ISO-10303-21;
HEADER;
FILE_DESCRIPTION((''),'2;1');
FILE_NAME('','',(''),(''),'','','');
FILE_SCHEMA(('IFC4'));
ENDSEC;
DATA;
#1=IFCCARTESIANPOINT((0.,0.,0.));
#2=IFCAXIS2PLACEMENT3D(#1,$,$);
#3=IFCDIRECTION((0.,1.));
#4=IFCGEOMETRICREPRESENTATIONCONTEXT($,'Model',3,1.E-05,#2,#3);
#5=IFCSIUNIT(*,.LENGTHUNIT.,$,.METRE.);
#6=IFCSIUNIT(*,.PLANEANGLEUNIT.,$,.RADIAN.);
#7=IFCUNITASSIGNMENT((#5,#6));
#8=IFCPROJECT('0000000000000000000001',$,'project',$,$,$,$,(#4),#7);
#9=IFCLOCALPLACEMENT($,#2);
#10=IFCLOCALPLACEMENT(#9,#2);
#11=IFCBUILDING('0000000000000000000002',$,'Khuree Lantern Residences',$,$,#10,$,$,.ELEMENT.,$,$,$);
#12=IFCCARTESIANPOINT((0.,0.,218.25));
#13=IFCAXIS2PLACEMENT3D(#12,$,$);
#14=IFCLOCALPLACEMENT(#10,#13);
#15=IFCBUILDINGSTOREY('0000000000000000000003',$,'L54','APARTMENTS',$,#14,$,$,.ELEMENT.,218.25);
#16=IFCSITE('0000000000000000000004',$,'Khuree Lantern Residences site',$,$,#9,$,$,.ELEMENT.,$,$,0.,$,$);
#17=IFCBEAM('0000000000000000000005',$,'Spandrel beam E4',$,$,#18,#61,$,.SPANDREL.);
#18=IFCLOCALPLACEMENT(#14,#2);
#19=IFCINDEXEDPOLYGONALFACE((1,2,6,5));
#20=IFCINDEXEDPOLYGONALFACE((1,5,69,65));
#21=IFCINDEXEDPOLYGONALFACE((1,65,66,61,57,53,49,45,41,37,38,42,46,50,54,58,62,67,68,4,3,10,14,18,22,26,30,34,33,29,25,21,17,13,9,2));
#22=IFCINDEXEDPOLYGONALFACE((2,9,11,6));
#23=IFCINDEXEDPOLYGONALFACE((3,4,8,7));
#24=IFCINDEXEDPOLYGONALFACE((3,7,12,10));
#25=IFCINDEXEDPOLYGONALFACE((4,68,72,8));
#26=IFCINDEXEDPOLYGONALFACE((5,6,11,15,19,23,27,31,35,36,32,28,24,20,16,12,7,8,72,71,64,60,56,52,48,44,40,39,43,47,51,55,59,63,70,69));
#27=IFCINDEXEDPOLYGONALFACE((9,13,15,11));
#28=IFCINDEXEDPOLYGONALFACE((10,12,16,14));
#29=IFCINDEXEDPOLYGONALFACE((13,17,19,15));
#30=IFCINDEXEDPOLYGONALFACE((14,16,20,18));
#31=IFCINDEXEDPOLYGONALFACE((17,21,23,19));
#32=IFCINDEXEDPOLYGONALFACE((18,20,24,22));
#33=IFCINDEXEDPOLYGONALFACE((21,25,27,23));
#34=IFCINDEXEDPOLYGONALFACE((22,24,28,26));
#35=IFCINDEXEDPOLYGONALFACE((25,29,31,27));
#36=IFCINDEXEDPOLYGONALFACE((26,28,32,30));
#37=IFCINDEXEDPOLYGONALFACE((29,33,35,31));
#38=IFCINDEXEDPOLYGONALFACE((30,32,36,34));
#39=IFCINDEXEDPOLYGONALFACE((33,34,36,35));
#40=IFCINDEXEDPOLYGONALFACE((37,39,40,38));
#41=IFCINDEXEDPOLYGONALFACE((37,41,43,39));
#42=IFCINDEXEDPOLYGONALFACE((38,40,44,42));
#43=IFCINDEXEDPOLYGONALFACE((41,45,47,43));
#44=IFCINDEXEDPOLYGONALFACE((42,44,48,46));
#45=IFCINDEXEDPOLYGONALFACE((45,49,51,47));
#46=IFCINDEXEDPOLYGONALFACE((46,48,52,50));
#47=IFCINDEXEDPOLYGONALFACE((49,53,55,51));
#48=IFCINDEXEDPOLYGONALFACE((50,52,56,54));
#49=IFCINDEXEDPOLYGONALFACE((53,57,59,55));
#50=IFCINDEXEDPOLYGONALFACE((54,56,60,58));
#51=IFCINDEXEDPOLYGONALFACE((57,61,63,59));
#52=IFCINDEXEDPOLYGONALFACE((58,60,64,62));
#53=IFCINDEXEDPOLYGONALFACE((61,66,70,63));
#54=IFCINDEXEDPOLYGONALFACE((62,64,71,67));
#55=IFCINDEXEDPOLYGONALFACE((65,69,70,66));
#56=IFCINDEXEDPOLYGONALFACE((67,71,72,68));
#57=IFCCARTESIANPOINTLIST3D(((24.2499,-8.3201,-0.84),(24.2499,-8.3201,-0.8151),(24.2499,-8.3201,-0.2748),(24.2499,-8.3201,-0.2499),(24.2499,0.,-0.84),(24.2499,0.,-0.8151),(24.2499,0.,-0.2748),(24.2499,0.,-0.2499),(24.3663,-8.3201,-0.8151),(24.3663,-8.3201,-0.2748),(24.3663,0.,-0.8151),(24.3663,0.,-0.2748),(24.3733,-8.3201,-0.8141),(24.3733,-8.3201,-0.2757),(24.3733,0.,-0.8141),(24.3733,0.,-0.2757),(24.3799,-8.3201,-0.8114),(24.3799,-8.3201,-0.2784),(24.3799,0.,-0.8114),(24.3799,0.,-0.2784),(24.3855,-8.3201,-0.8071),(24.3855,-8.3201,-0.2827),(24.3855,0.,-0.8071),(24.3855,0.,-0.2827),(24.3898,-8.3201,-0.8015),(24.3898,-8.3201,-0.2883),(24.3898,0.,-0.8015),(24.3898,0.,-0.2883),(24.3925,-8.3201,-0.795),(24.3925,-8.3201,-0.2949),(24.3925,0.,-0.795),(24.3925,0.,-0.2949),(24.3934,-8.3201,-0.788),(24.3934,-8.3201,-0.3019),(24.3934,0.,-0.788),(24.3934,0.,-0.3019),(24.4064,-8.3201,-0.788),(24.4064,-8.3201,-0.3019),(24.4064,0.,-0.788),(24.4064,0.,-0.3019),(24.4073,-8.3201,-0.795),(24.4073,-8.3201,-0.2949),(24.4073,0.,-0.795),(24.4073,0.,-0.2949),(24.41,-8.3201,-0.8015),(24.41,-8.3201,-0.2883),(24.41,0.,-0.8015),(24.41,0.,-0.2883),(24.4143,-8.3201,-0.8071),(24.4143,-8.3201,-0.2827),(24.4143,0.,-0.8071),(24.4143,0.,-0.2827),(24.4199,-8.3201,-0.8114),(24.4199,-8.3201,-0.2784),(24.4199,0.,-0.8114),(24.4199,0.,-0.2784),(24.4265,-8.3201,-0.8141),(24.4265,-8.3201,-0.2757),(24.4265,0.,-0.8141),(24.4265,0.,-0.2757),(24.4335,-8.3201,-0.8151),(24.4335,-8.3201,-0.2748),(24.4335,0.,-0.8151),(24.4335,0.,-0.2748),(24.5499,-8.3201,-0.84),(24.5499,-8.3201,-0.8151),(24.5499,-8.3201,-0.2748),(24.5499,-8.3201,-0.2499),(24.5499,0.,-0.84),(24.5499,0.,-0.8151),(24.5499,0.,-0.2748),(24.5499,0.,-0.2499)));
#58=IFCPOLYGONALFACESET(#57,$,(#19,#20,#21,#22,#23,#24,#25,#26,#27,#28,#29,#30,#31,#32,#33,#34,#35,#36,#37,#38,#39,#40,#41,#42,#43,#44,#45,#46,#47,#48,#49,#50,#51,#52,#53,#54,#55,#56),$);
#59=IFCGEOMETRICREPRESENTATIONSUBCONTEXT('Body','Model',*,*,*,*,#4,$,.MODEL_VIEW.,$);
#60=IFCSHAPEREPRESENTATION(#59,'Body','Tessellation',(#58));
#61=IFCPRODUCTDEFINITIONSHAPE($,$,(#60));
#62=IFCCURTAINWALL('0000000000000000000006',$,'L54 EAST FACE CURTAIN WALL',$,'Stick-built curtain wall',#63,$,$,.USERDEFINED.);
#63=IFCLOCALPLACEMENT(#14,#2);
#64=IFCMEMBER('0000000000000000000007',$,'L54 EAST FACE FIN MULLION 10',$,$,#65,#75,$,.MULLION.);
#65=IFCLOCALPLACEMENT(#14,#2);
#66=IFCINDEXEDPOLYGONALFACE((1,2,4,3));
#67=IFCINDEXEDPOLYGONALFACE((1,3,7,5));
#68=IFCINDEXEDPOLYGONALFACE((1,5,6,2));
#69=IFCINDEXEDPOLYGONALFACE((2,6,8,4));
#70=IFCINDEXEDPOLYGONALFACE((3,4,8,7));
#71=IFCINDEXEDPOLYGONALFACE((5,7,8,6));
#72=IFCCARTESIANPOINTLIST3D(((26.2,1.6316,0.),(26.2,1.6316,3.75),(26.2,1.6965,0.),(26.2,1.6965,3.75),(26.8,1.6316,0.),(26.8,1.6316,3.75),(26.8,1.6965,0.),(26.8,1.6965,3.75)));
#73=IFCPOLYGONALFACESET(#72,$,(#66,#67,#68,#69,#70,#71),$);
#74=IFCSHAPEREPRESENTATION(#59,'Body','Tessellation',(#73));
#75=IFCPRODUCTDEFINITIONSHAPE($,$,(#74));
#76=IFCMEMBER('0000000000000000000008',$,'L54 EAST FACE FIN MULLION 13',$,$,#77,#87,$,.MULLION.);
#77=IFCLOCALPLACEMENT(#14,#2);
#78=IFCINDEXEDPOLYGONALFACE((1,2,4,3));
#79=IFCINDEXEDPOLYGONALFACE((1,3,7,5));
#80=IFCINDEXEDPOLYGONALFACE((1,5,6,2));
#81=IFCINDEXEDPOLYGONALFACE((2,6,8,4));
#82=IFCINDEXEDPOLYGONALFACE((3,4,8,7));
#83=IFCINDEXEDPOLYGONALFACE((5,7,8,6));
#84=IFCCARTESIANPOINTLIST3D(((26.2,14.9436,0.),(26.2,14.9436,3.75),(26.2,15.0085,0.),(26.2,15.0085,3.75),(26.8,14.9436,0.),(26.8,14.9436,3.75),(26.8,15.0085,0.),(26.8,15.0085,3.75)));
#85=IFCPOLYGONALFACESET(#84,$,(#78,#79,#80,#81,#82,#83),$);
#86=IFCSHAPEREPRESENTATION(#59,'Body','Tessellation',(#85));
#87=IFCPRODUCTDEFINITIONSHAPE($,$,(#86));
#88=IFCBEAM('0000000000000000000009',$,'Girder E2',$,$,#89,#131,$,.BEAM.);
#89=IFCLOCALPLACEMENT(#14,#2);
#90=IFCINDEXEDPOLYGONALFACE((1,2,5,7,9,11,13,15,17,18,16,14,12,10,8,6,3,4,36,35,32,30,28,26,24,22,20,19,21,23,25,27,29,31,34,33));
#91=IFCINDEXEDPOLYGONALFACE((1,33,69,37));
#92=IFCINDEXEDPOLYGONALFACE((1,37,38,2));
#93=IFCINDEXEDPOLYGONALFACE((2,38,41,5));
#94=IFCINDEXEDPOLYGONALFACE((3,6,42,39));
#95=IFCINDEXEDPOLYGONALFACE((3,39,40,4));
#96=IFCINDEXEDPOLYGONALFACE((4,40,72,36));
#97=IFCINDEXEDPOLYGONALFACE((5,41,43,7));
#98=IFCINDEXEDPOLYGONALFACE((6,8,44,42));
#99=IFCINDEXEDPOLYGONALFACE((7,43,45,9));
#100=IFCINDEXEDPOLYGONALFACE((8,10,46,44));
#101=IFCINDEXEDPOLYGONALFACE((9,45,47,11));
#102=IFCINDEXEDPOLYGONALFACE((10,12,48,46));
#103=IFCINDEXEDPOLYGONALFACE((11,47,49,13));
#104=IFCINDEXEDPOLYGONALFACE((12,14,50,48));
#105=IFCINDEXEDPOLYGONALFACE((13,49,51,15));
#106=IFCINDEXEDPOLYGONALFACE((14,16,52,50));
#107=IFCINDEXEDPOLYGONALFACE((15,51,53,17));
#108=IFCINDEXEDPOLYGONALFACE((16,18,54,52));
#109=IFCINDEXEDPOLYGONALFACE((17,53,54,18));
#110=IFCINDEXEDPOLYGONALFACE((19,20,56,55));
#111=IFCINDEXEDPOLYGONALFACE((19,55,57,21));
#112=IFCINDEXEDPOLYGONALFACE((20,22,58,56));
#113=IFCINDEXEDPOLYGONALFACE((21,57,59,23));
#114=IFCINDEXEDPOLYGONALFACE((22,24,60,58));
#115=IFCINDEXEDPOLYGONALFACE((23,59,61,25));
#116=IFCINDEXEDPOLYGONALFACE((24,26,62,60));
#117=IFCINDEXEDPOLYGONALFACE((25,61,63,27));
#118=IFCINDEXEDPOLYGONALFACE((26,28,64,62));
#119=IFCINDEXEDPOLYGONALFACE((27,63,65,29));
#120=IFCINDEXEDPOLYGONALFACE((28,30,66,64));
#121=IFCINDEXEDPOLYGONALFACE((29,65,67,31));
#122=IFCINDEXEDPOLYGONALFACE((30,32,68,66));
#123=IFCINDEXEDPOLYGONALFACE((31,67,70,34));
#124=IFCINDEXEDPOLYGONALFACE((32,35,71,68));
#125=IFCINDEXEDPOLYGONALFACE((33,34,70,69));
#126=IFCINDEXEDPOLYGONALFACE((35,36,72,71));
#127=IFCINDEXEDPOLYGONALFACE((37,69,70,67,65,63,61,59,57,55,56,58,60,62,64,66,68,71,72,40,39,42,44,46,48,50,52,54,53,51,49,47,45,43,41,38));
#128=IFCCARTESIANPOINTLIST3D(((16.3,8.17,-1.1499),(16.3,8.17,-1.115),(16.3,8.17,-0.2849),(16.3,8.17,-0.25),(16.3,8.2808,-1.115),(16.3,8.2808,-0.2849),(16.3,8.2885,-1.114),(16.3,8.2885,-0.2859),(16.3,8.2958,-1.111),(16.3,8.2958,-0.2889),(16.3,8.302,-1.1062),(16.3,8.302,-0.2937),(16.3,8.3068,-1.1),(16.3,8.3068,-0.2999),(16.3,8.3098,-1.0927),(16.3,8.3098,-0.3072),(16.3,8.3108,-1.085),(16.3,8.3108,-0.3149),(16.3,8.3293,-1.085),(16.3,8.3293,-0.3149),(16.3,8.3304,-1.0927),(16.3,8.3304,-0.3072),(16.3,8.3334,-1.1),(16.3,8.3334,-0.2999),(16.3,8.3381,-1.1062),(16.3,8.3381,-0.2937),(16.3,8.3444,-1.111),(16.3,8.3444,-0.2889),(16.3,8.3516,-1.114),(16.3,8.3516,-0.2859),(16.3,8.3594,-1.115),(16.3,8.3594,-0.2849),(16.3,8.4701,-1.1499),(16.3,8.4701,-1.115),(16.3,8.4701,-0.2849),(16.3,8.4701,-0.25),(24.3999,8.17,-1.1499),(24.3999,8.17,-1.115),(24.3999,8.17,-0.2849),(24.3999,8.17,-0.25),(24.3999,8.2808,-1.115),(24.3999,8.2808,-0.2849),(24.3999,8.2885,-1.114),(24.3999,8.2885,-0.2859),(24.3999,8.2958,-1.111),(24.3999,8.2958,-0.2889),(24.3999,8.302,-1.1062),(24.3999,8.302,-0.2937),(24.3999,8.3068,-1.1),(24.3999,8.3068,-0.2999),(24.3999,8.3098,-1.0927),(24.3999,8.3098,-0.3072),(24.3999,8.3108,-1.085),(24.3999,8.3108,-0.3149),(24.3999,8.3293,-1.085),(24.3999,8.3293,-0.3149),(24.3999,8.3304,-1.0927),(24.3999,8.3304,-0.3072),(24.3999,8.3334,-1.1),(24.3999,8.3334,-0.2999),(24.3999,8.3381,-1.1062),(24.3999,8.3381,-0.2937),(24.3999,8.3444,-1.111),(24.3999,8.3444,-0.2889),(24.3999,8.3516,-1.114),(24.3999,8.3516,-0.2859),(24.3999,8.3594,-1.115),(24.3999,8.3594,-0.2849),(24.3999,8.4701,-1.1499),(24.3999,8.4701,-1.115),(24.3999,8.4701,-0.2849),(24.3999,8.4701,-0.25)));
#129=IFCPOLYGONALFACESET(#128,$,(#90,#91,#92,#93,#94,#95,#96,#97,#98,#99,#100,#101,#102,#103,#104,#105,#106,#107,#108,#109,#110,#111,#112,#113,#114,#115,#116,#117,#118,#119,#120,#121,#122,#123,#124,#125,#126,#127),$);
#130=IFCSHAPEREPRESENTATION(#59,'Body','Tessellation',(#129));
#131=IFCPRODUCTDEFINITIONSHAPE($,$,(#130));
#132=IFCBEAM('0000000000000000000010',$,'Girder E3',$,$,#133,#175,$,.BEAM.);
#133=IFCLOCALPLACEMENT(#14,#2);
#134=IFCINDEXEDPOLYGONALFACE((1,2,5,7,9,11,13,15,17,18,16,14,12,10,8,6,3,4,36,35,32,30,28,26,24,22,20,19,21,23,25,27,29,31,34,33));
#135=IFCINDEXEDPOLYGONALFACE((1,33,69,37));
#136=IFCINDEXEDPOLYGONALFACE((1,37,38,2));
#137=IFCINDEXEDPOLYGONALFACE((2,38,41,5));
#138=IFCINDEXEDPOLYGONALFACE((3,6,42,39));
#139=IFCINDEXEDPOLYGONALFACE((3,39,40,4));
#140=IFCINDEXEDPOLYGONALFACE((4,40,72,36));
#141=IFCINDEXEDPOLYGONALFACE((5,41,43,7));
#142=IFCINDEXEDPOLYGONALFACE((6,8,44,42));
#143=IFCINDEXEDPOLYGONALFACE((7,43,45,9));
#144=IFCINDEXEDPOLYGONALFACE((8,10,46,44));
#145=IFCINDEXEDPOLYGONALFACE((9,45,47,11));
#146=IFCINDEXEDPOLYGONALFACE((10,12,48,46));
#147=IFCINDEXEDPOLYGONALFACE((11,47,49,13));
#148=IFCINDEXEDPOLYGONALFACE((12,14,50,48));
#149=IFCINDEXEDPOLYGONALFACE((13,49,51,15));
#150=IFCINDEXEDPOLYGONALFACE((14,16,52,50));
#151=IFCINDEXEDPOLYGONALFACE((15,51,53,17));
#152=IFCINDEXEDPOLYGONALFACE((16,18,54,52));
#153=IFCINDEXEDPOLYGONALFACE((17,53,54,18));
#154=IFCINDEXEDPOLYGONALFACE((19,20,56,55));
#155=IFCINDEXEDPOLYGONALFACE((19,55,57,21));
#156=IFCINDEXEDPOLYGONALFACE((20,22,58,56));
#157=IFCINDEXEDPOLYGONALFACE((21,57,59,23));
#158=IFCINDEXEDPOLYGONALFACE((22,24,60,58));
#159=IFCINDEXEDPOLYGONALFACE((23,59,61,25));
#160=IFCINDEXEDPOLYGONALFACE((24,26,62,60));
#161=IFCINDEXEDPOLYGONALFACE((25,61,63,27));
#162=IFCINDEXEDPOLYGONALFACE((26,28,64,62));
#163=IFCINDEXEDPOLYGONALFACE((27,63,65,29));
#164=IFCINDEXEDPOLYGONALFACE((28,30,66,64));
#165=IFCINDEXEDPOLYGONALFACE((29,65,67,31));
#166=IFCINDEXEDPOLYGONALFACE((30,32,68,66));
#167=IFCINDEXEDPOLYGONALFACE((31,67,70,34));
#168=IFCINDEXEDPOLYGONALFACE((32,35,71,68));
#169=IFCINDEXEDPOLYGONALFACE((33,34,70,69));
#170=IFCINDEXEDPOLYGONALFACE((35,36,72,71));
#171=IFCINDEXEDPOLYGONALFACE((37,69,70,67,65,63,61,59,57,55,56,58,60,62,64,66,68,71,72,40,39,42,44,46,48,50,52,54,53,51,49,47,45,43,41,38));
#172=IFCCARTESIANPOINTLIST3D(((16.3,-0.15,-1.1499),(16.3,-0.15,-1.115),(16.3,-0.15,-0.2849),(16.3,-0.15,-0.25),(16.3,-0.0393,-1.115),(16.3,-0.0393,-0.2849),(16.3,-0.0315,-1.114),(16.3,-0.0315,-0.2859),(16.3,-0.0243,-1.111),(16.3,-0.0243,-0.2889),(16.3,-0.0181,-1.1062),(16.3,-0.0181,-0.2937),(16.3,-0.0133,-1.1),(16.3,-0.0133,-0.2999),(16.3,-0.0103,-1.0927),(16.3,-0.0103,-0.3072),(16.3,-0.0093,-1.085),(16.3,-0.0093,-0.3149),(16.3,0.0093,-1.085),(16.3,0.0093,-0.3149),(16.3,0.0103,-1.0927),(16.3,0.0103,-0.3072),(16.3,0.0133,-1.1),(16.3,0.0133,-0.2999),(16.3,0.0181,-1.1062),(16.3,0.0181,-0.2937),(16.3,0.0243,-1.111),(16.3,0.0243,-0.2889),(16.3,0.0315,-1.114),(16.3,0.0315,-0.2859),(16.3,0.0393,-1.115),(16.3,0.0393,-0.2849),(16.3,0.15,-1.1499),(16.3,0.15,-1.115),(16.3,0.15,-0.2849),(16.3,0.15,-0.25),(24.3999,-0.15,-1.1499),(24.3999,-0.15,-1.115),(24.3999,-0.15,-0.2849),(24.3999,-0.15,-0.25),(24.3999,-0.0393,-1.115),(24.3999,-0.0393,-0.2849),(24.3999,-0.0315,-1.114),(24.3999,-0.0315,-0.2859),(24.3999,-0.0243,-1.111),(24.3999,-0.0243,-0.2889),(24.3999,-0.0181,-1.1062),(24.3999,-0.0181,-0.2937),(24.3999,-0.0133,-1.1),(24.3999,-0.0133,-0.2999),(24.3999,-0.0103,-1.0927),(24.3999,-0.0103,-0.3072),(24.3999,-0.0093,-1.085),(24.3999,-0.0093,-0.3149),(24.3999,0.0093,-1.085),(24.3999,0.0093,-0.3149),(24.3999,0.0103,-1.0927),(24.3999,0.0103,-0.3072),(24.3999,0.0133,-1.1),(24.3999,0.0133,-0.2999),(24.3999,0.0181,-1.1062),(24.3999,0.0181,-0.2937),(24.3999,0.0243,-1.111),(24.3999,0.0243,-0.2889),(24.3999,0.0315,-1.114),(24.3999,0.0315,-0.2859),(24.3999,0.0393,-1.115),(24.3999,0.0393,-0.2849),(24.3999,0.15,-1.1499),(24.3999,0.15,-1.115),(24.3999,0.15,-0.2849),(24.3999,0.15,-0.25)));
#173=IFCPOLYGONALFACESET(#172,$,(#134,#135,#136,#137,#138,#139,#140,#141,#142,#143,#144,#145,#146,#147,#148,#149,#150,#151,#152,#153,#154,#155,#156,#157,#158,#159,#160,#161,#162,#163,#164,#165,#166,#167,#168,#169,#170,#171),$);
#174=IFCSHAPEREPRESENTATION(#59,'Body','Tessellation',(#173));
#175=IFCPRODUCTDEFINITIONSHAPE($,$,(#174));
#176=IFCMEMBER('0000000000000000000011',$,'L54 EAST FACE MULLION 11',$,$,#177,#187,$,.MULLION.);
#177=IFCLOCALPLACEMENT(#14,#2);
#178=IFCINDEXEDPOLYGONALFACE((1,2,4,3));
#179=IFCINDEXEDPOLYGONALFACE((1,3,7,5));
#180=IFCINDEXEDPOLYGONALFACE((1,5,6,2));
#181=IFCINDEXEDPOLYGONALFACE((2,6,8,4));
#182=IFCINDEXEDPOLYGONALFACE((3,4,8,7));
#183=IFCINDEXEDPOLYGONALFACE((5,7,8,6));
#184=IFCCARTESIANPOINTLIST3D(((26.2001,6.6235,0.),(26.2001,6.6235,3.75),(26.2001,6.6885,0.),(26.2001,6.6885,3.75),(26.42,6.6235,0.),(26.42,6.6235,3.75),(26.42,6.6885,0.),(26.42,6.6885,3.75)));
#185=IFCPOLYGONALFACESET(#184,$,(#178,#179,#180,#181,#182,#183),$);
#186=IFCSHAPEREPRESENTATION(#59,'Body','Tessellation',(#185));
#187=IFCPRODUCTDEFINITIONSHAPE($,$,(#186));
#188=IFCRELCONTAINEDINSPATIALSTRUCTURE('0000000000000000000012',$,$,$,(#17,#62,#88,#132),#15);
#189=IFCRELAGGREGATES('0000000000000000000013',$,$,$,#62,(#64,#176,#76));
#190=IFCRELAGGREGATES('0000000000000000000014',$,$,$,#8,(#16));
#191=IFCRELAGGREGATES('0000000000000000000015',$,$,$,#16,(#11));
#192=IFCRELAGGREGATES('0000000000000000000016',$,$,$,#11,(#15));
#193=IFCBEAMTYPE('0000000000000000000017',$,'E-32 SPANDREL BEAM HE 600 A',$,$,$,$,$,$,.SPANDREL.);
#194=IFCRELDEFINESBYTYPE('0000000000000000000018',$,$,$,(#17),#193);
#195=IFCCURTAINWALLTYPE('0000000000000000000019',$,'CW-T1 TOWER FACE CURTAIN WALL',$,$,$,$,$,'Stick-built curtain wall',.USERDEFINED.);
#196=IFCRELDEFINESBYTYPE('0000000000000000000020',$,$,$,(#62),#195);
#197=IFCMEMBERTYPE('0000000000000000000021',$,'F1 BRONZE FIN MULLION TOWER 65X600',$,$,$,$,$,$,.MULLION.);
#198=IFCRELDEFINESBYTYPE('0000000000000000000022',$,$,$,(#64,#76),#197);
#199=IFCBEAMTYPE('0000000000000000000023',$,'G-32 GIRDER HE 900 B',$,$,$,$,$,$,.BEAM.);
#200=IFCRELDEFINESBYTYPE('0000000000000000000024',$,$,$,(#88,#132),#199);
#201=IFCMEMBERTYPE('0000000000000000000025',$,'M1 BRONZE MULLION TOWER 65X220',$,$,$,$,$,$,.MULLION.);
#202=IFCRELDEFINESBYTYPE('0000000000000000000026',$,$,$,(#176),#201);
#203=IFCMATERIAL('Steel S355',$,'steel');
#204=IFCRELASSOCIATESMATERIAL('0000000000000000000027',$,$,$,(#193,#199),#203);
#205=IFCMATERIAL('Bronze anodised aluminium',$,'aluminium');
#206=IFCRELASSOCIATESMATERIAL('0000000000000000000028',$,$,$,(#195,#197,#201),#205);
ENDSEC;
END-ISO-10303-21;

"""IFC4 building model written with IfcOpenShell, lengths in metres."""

from ifc_helpers import new_model, si_unit, direction, frame, origin, origin_2d, place, context, subcontext, project, spatial, rectangle, i_section, extrude, material, material_profile, profile_set, type_object, element, aggregate, save


model = new_model("IFC4")

# Units and contexts
model_context = context("Model", 3, precision=1e-05, world=origin(), true_north=direction((0.0, 1.0)))
body_context = subcontext(model_context, "Body", "Model", "MODEL_VIEW")
ifc_project = project(units=[si_unit("LENGTHUNIT", "METRE"), si_unit("PLANEANGLEUNIT", "RADIAN")], contexts=[model_context])

# Site, building, storey
site_placement = place(None, origin())
site = spatial("IfcSite", under=ifc_project, at=site_placement, Name="Khuree Lantern Residences site", CompositionType="ELEMENT", RefElevation=0.0)
building_placement = place(site_placement, origin())
building = spatial("IfcBuilding", under=site, at=building_placement, Name="Khuree Lantern Residences", CompositionType="ELEMENT")
storey_placement = place(building_placement, frame((0.0, 0.0, 218.25)))
storey = spatial("IfcBuildingStorey", under=building, at=storey_placement, Name="L54", Description="APARTMENTS", CompositionType="ELEMENT", Elevation=218.25)

# Beam
ifc_material_1 = material(Name="Steel S355", Category="steel")
ifc_material_profile_1 = material_profile(ifc_material_1, i_section(OverallWidth=0.3, OverallDepth=0.5901, WebThickness=0.0129, FlangeThickness=0.0249, FilletRadius=0.0271, at=origin_2d()), Name="HE 600 A")
ifc_profile_set_1 = profile_set([ifc_material_profile_1], Name="Steel S355")
beam_type_1 = type_object("IfcBeamType", Name="E-32 SPANDREL BEAM HE 600 A", PredefinedType="SPANDREL", material=ifc_profile_set_1)
for number, where, z_axis, x_axis, name in (
    (1, (24.3999, 0.0, -0.5449), (0.0, -1.0, 0.0), (1.0, 0.0, 0.0), "Spandrel beam E4"),
):
    element("IfcBeam", number, at=place(storey_placement, frame(where, z_axis=z_axis, x_axis=x_axis)), inside=storey, type_object=beam_type_1, Name=name, PredefinedType="SPANDREL", context=body_context, shape_type="SweptSolid", body=[
        extrude(i_section(OverallWidth=0.3, OverallDepth=0.5901, WebThickness=0.0129, FlangeThickness=0.0249, FilletRadius=0.0271, at=origin_2d()), origin(), (0.0, 0.0, 1.0), 8.3201),
    ])

# Curtain wall, members
ifc_material_2 = material(Name="Bronze anodised aluminium", Category="aluminium")
curtain_wall_type = type_object("IfcCurtainWallType", Name="CW-T1 TOWER FACE CURTAIN WALL", ElementType="Stick-built curtain wall", PredefinedType="USERDEFINED", material=ifc_material_2)
curtain_wall_placement = place(storey_placement, origin())
curtain_wall = element("IfcCurtainWall", 2, at=curtain_wall_placement, inside=storey, type_object=curtain_wall_type, Name="L54 EAST FACE CURTAIN WALL", ObjectType="Stick-built curtain wall", PredefinedType="USERDEFINED")
ifc_material_profile_2 = material_profile(ifc_material_2, rectangle(XDim=0.0649, YDim=0.6001, at=origin_2d()), Name="F1 65X600")
ifc_profile_set_2 = profile_set([ifc_material_profile_2], Name="Bronze anodised aluminium")
member_type_1 = type_object("IfcMemberType", Name="F1 BRONZE FIN MULLION TOWER 65X600", PredefinedType="MULLION", material=ifc_profile_set_2)
member_1_placement = place(storey_placement, frame((26.5, 1.6641, 0.0), z_axis=(0.0, 0.0, 1.0), x_axis=(0.0, 1.0, 0.0)))
member_1 = element("IfcMember", 3, at=member_1_placement, type_object=member_type_1, Name="L54 EAST FACE FIN MULLION 10", PredefinedType="MULLION", context=body_context, shape_type="SweptSolid", body=[
    extrude(rectangle(XDim=0.0649, YDim=0.6001, at=origin_2d()), origin(), (0.0, 0.0, 1.0), 3.75),
])
member_2_placement = place(storey_placement, frame((26.5, 14.9761, 0.0), z_axis=(0.0, 0.0, 1.0), x_axis=(0.0, 1.0, 0.0)))
member_2 = element("IfcMember", 4, at=member_2_placement, type_object=member_type_1, Name="L54 EAST FACE FIN MULLION 13", PredefinedType="MULLION", context=body_context, shape_type="SweptSolid", body=[
    extrude(rectangle(XDim=0.0649, YDim=0.6001, at=origin_2d()), origin(), (0.0, 0.0, 1.0), 3.75),
])

# Beams
ifc_material_profile_3 = material_profile(ifc_material_1, i_section(OverallWidth=0.3, OverallDepth=0.8999, WebThickness=0.0186, FlangeThickness=0.0349, FilletRadius=0.03, at=origin_2d()), Name="HE 900 B")
ifc_profile_set_3 = profile_set([ifc_material_profile_3], Name="Steel S355")
beam_type_2 = type_object("IfcBeamType", Name="G-32 GIRDER HE 900 B", PredefinedType="BEAM", material=ifc_profile_set_3)
for number, where, z_axis, x_axis, name in (
    (5, (24.3999, 8.3201, -0.7), (-1.0, 0.0, 0.0), (0.0, -1.0, 0.0), "Girder E2"),
    (6, (24.3999, 0.0, -0.7), (-1.0, 0.0, 0.0), (0.0, -1.0, 0.0), "Girder E3"),
):
    element("IfcBeam", number, at=place(storey_placement, frame(where, z_axis=z_axis, x_axis=x_axis)), inside=storey, type_object=beam_type_2, Name=name, PredefinedType="BEAM", context=body_context, shape_type="SweptSolid", body=[
        extrude(i_section(OverallWidth=0.3, OverallDepth=0.8999, WebThickness=0.0186, FlangeThickness=0.0349, FilletRadius=0.03, at=origin_2d()), origin(), (0.0, 0.0, 1.0), 8.0999),
    ])

# Member
ifc_material_profile_4 = material_profile(ifc_material_2, rectangle(XDim=0.0649, YDim=0.22, at=origin_2d()), Name="M1 65X220")
ifc_profile_set_4 = profile_set([ifc_material_profile_4], Name="Bronze anodised aluminium")
member_type_2 = type_object("IfcMemberType", Name="M1 BRONZE MULLION TOWER 65X220", PredefinedType="MULLION", material=ifc_profile_set_4)
member_3_placement = place(storey_placement, frame((26.3101, 6.656, 0.0), z_axis=(0.0, 0.0, 1.0), x_axis=(0.0, 1.0, 0.0)))
member_3 = element("IfcMember", 7, at=member_3_placement, type_object=member_type_2, Name="L54 EAST FACE MULLION 11", PredefinedType="MULLION", context=body_context, shape_type="SweptSolid", body=[
    extrude(rectangle(XDim=0.0649, YDim=0.22, at=origin_2d()), origin(), (0.0, 0.0, 1.0), 3.75),
])

aggregate(curtain_wall, [member_1, member_3, member_2])

save(model, "model.ifc")
